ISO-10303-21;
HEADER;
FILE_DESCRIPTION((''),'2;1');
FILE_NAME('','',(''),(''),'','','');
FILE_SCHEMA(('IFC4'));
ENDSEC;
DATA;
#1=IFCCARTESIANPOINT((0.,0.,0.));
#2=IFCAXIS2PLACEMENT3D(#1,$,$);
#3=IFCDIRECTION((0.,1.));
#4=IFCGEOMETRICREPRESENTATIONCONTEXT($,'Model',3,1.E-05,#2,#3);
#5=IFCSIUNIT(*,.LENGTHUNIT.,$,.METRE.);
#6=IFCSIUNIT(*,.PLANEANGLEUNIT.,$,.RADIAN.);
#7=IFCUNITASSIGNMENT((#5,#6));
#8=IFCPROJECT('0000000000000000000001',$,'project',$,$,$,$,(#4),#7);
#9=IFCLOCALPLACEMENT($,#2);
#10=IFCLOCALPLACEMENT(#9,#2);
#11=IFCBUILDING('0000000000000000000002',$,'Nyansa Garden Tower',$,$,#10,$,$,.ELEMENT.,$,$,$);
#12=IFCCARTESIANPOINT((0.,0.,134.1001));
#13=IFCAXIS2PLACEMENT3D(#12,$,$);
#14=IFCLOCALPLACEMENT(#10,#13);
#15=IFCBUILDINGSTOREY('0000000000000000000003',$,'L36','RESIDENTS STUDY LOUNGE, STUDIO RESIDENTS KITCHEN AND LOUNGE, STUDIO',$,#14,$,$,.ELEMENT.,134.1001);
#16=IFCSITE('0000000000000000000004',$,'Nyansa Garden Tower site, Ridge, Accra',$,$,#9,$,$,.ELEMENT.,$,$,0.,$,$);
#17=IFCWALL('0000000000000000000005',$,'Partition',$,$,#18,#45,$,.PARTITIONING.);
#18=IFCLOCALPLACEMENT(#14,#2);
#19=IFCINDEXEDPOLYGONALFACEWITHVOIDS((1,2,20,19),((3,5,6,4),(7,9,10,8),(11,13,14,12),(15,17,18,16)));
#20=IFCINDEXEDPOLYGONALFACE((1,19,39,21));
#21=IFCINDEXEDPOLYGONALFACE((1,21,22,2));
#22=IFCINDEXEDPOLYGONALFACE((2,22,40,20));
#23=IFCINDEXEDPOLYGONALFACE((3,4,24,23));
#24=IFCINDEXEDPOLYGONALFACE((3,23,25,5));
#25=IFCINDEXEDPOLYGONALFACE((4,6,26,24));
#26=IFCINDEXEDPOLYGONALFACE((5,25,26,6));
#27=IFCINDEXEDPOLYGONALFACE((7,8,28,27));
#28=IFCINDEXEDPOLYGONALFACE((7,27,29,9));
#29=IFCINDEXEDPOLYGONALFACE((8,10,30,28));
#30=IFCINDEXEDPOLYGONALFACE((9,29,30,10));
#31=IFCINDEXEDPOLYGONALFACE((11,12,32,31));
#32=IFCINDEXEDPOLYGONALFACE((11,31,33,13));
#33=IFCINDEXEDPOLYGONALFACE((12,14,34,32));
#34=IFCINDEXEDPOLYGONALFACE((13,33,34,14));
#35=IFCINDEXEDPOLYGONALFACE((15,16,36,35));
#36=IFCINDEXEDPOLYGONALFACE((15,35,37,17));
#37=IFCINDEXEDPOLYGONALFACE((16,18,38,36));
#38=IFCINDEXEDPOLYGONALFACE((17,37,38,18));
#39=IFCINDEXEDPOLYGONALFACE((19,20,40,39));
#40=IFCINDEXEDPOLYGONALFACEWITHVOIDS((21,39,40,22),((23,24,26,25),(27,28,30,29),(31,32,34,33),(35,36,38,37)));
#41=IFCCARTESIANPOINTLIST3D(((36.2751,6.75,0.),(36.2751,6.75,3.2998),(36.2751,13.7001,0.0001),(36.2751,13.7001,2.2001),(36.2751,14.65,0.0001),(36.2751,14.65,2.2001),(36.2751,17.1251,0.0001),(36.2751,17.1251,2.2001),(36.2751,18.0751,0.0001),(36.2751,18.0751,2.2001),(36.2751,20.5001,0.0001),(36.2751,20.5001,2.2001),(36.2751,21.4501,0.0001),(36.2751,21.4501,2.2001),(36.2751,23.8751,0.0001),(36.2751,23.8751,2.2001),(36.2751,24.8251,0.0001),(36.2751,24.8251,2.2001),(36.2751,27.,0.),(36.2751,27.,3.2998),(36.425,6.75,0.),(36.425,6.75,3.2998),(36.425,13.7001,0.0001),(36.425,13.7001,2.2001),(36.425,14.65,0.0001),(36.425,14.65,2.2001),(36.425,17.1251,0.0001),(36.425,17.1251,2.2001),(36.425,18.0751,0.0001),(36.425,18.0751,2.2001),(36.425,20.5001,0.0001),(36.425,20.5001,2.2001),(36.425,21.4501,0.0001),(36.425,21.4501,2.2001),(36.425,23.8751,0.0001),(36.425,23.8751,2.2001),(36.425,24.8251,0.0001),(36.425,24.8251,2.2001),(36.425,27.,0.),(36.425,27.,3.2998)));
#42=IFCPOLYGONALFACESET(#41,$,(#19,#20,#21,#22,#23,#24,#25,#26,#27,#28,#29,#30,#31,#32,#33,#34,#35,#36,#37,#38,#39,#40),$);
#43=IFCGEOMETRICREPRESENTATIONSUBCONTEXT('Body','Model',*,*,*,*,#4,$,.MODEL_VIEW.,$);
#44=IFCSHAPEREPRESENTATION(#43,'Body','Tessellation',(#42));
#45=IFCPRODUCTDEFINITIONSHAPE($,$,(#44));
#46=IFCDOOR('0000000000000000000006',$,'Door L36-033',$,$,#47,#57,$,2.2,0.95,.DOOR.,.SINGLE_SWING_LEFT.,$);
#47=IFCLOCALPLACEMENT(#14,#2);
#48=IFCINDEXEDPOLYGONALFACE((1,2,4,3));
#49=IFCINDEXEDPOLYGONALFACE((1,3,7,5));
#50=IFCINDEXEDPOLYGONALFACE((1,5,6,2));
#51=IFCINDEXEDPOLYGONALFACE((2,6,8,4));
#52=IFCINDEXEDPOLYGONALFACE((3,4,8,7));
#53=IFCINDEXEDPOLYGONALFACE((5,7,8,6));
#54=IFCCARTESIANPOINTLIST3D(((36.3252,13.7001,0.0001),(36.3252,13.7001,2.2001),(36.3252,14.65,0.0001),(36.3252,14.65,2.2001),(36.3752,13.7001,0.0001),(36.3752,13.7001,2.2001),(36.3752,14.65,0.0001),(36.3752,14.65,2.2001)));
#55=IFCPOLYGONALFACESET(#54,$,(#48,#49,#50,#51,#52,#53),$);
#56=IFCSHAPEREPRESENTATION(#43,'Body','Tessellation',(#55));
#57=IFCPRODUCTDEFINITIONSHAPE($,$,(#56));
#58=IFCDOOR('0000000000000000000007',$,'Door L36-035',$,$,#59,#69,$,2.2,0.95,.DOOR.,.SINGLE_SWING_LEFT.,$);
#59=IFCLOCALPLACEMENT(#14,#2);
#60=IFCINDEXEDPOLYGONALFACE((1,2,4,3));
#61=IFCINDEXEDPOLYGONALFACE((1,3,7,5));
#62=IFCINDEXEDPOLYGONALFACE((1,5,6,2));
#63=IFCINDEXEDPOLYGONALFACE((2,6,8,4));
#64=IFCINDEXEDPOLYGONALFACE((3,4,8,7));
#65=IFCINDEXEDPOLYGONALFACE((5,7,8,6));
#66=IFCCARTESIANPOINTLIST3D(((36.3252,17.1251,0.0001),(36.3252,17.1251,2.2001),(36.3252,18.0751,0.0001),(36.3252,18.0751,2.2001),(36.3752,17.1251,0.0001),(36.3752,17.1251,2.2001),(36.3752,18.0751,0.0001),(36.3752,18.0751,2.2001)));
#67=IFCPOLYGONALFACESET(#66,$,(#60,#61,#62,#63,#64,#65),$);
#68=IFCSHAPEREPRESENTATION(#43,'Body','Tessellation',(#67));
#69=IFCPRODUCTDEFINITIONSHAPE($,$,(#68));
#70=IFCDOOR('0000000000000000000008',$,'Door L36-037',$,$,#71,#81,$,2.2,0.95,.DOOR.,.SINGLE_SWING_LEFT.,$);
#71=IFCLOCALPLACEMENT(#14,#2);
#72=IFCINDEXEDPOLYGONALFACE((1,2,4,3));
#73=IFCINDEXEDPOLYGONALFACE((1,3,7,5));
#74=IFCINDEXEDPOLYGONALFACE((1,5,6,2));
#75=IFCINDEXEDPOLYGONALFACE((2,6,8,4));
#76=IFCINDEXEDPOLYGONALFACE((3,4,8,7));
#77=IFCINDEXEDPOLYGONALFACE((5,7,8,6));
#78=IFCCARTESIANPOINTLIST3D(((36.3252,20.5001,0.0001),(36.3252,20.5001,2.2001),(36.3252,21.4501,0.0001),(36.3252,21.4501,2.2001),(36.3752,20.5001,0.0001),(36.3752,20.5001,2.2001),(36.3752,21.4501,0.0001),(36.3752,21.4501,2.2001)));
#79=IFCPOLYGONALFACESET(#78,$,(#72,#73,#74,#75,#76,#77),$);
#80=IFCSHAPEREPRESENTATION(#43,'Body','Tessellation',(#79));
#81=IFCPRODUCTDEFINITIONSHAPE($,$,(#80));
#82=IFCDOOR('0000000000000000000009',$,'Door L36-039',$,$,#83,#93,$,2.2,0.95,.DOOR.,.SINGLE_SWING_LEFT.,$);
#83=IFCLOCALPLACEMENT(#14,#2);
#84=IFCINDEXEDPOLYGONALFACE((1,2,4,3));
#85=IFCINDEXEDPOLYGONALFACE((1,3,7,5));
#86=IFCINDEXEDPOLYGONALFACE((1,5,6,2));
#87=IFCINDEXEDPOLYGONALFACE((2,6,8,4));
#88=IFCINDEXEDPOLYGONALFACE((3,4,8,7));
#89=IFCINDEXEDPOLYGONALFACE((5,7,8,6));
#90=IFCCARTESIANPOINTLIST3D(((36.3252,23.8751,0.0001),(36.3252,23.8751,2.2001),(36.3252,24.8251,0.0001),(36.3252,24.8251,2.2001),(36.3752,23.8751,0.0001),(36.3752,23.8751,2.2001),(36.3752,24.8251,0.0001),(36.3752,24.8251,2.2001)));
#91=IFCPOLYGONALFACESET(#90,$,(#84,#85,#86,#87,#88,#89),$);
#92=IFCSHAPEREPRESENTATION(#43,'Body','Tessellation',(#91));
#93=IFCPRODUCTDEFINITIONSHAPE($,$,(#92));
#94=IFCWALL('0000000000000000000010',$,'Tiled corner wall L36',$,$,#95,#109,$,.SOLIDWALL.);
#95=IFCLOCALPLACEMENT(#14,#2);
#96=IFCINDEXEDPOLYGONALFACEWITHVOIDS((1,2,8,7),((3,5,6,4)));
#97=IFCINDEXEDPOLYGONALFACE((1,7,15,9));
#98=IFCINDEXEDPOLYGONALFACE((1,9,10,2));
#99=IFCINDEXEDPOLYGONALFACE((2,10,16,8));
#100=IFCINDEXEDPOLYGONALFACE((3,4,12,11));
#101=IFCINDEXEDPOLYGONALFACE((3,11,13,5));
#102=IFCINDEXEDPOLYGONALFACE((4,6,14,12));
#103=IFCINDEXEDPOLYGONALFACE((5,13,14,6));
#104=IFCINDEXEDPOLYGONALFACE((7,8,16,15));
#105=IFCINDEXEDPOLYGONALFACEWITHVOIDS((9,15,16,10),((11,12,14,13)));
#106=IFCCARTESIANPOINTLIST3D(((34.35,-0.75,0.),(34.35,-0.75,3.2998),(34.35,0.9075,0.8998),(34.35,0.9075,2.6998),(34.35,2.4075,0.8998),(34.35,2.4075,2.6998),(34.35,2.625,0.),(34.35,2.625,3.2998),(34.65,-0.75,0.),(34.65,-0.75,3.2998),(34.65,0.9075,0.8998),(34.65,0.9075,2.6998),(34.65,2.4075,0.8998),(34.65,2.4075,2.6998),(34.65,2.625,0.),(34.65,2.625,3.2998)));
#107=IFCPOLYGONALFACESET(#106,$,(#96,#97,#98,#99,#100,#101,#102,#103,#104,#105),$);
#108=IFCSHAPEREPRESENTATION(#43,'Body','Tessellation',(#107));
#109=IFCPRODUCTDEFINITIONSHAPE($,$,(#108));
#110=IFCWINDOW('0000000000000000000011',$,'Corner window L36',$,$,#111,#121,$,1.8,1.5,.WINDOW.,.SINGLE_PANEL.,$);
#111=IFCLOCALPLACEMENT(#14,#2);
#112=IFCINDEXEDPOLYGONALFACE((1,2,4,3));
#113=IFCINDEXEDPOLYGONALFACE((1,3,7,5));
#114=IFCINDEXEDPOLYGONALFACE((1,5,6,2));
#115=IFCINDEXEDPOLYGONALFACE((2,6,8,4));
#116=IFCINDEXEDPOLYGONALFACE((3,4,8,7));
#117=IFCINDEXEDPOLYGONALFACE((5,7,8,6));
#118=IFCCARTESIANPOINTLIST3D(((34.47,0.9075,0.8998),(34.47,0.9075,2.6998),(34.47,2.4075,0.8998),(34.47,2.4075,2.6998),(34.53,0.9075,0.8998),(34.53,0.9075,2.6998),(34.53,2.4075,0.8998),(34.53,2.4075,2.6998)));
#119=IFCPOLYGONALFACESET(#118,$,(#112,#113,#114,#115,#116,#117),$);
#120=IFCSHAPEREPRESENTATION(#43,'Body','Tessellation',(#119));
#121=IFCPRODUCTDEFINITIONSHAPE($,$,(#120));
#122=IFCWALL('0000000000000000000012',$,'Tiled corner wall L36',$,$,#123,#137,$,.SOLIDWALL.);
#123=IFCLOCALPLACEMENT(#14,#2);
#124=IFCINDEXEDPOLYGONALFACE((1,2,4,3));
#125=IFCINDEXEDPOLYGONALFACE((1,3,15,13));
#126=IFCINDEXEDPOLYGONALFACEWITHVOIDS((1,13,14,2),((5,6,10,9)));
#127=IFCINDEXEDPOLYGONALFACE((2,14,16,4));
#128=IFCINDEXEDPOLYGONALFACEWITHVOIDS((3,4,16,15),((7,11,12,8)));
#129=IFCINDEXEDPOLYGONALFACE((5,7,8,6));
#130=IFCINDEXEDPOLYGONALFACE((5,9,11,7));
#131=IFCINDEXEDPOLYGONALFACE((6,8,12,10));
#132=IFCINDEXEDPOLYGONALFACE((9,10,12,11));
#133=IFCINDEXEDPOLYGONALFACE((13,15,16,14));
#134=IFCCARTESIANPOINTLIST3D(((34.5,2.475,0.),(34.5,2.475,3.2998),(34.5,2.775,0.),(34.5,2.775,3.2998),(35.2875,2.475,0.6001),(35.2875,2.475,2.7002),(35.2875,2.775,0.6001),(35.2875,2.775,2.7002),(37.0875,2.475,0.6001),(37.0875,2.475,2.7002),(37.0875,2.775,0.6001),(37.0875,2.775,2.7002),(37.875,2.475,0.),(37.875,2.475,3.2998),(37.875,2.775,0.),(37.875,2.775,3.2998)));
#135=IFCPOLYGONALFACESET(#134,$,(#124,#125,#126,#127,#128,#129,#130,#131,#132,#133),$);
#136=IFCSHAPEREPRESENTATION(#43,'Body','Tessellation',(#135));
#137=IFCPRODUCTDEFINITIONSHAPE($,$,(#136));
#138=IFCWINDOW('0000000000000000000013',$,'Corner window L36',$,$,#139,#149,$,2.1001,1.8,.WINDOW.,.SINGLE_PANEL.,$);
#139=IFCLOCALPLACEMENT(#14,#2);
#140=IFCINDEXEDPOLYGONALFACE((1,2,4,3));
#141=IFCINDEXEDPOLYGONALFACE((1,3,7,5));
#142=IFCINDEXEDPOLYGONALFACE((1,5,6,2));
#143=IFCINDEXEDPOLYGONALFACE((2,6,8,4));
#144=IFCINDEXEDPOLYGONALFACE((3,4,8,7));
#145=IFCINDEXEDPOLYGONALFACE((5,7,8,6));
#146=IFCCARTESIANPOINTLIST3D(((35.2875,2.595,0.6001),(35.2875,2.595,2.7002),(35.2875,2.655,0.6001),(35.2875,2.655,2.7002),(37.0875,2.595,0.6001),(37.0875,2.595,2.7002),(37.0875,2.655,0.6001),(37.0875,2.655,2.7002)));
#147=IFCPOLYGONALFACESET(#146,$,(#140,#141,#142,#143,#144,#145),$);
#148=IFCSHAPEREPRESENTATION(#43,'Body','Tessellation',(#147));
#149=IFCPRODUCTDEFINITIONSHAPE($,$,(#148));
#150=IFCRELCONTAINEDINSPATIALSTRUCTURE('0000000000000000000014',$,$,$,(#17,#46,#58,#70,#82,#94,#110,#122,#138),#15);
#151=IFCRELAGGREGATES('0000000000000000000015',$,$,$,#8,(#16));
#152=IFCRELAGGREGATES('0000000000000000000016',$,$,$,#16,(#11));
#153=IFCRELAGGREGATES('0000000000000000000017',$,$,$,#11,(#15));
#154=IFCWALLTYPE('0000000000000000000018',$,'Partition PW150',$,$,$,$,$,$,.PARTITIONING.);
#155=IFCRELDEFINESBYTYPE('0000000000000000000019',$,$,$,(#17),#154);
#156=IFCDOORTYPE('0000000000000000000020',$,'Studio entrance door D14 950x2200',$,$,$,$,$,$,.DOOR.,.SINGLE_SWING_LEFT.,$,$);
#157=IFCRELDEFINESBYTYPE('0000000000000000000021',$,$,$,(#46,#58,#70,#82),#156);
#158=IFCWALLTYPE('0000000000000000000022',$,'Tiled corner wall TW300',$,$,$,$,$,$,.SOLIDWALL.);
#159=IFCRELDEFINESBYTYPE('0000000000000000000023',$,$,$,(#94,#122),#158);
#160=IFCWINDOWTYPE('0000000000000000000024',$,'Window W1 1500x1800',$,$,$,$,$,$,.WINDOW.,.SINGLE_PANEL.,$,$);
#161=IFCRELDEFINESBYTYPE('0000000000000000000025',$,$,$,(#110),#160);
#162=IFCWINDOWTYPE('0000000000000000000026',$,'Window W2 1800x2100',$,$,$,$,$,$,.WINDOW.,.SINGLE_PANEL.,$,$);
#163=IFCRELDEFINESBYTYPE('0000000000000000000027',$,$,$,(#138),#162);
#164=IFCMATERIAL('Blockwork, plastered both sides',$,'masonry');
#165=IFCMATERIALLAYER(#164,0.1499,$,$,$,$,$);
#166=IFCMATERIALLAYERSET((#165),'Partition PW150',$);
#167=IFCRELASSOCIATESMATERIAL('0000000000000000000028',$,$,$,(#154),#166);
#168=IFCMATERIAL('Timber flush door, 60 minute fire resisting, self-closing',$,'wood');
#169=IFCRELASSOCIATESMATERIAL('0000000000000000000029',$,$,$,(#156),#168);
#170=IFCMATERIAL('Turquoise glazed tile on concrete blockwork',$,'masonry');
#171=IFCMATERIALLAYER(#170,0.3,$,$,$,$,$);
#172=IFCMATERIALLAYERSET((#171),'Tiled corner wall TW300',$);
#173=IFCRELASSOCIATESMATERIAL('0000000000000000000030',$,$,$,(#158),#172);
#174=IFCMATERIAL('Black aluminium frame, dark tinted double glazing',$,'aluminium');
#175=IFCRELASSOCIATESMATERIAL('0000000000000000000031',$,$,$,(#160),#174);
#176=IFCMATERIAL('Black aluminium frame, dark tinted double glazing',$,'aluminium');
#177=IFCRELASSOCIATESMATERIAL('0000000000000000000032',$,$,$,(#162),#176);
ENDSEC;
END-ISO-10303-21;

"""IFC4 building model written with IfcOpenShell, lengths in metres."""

from ifc_helpers import new_model, si_unit, direction, frame, frame_2d, origin, place, context, subcontext, project, spatial, rectangle, extrude, material, layer, layer_set, type_object, element, fill, save


model = new_model("IFC4")

# Units and contexts
model_context = context("Model", 3, precision=1e-05, world=origin(), true_north=direction((0.0, 1.0)))
body_context = subcontext(model_context, "Body", "Model", "MODEL_VIEW")
ifc_project = project(units=[si_unit("LENGTHUNIT", "METRE"), si_unit("PLANEANGLEUNIT", "RADIAN")], contexts=[model_context])

# Site, building, storey
site_placement = place(None, origin())
site = spatial("IfcSite", under=ifc_project, at=site_placement, Name="Nyansa Garden Tower site, Ridge, Accra", CompositionType="ELEMENT", RefElevation=0.0)
building_placement = place(site_placement, origin())
building = spatial("IfcBuilding", under=site, at=building_placement, Name="Nyansa Garden Tower", CompositionType="ELEMENT")
storey_placement = place(building_placement, frame((0.0, 0.0, 134.1001)))
storey = spatial("IfcBuildingStorey", under=building, at=storey_placement, Name="L36", Description="RESIDENTS STUDY LOUNGE, STUDIO RESIDENTS KITCHEN AND LOUNGE, STUDIO", CompositionType="ELEMENT", Elevation=134.1001)

# Shared definitions
ifc_material_1 = material(Name="Blockwork, plastered both sides", Category="masonry")
ifc_layer_1 = layer(ifc_material_1, 0.1499)
ifc_layer_set_1 = layer_set([ifc_layer_1], Name="Partition PW150")
wall_type_1 = type_object("IfcWallType", Name="Partition PW150", PredefinedType="PARTITIONING", material=ifc_layer_set_1)

# Wall, openings, doors
wall_1_placement = place(storey_placement, frame((36.3501, 6.75, 0.0), z_axis=(0.0, 0.0, 1.0), x_axis=(0.0, 1.0, 0.0)))
wall_1 = element("IfcWall", 1, at=wall_1_placement, inside=storey, type_object=wall_type_1, Name="Partition", PredefinedType="PARTITIONING", context=body_context, shape_type="SweptSolid", body=[
    extrude(rectangle(XDim=20.25, YDim=0.1499, at=frame_2d((10.125, 0.0))), origin(), (0.0, 0.0, 1.0), 3.2998),
])
opening_1_placement = place(wall_1_placement, frame((6.95, 0.0, 0.0)))
opening_1 = element("IfcOpeningElement", 2, at=opening_1_placement, cuts=wall_1, PredefinedType="OPENING", context=body_context, shape_type="SweptSolid", body=[
    extrude(rectangle(XDim=0.95, YDim=2.2, at=frame_2d((0.4751, 1.1001))), frame((0.0, 0.085, 0.0), z_axis=(0.0, -1.0, 0.0), x_axis=(1.0, 0.0, 0.0)), (0.0, 0.0, 1.0), 0.1699),
])
opening_2_placement = place(wall_1_placement, frame((10.375, 0.0, 0.0)))
opening_2 = element("IfcOpeningElement", 3, at=opening_2_placement, cuts=wall_1, PredefinedType="OPENING", context=body_context, shape_type="SweptSolid", body=[
    extrude(rectangle(XDim=0.95, YDim=2.2, at=frame_2d((0.4751, 1.1001))), frame((0.0, 0.085, 0.0), z_axis=(0.0, -1.0, 0.0), x_axis=(1.0, 0.0, 0.0)), (0.0, 0.0, 1.0), 0.1699),
])
opening_3_placement = place(wall_1_placement, frame((13.75, 0.0, 0.0)))
opening_3 = element("IfcOpeningElement", 4, at=opening_3_placement, cuts=wall_1, PredefinedType="OPENING", context=body_context, shape_type="SweptSolid", body=[
    extrude(rectangle(XDim=0.95, YDim=2.2, at=frame_2d((0.4751, 1.1001))), frame((0.0, 0.085, 0.0), z_axis=(0.0, -1.0, 0.0), x_axis=(1.0, 0.0, 0.0)), (0.0, 0.0, 1.0), 0.1699),
])
opening_4_placement = place(wall_1_placement, frame((17.125, 0.0, 0.0)))
opening_4 = element("IfcOpeningElement", 5, at=opening_4_placement, cuts=wall_1, PredefinedType="OPENING", context=body_context, shape_type="SweptSolid", body=[
    extrude(rectangle(XDim=0.95, YDim=2.2, at=frame_2d((0.4751, 1.1001))), frame((0.0, 0.085, 0.0), z_axis=(0.0, -1.0, 0.0), x_axis=(1.0, 0.0, 0.0)), (0.0, 0.0, 1.0), 0.1699),
])
ifc_material_2 = material(Name="Timber flush door, 60 minute fire resisting, self-closing", Category="wood")
door_type = type_object("IfcDoorType", Name="Studio entrance door D14 950x2200", OperationType="SINGLE_SWING_LEFT", PredefinedType="DOOR", material=ifc_material_2)
door_1_placement = place(opening_1_placement, origin())
door_1 = element("IfcDoor", 6, at=door_1_placement, inside=storey, type_object=door_type, Name="Door L36-033", OperationType="SINGLE_SWING_LEFT", OverallHeight=2.2, OverallWidth=0.95, PredefinedType="DOOR", context=body_context, shape_type="SweptSolid", body=[
    extrude(rectangle(XDim=0.95, YDim=2.2, at=frame_2d((0.4751, 1.1001))), frame((0.0, 0.0249, 0.0), z_axis=(0.0, -1.0, 0.0), x_axis=(1.0, 0.0, 0.0)), (0.0, 0.0, 1.0), 0.05),
])
fill(opening_1, door_1)
door_2_placement = place(opening_2_placement, origin())
door_2 = element("IfcDoor", 7, at=door_2_placement, inside=storey, type_object=door_type, Name="Door L36-035", OperationType="SINGLE_SWING_LEFT", OverallHeight=2.2, OverallWidth=0.95, PredefinedType="DOOR", context=body_context, shape_type="SweptSolid", body=[
    extrude(rectangle(XDim=0.95, YDim=2.2, at=frame_2d((0.4751, 1.1001))), frame((0.0, 0.0249, 0.0), z_axis=(0.0, -1.0, 0.0), x_axis=(1.0, 0.0, 0.0)), (0.0, 0.0, 1.0), 0.05),
])
fill(opening_2, door_2)
door_3_placement = place(opening_3_placement, origin())
door_3 = element("IfcDoor", 8, at=door_3_placement, inside=storey, type_object=door_type, Name="Door L36-037", OperationType="SINGLE_SWING_LEFT", OverallHeight=2.2, OverallWidth=0.95, PredefinedType="DOOR", context=body_context, shape_type="SweptSolid", body=[
    extrude(rectangle(XDim=0.95, YDim=2.2, at=frame_2d((0.4751, 1.1001))), frame((0.0, 0.0249, 0.0), z_axis=(0.0, -1.0, 0.0), x_axis=(1.0, 0.0, 0.0)), (0.0, 0.0, 1.0), 0.05),
])
fill(opening_3, door_3)
door_4_placement = place(opening_4_placement, origin())
door_4 = element("IfcDoor", 9, at=door_4_placement, inside=storey, type_object=door_type, Name="Door L36-039", OperationType="SINGLE_SWING_LEFT", OverallHeight=2.2, OverallWidth=0.95, PredefinedType="DOOR", context=body_context, shape_type="SweptSolid", body=[
    extrude(rectangle(XDim=0.95, YDim=2.2, at=frame_2d((0.4751, 1.1001))), frame((0.0, 0.0249, 0.0), z_axis=(0.0, -1.0, 0.0), x_axis=(1.0, 0.0, 0.0)), (0.0, 0.0, 1.0), 0.05),
])
fill(opening_4, door_4)

# Walls, openings, windows
ifc_material_3 = material(Name="Turquoise glazed tile on concrete blockwork", Category="masonry")
ifc_layer_2 = layer(ifc_material_3, 0.3)
ifc_layer_set_2 = layer_set([ifc_layer_2], Name="Tiled corner wall TW300")
wall_type_2 = type_object("IfcWallType", Name="Tiled corner wall TW300", PredefinedType="SOLIDWALL", material=ifc_layer_set_2)
wall_2_placement = place(storey_placement, frame((34.5, -0.75, 0.0), z_axis=(0.0, 0.0, 1.0), x_axis=(0.0, 1.0, 0.0)))
wall_2 = element("IfcWall", 10, at=wall_2_placement, inside=storey, type_object=wall_type_2, Name="Tiled corner wall L36", PredefinedType="SOLIDWALL", context=body_context, shape_type="SweptSolid", body=[
    extrude(rectangle(XDim=3.375, YDim=0.3, at=frame_2d((1.6875, 0.0))), origin(), (0.0, 0.0, 1.0), 3.2998),
])
opening_5_placement = place(wall_2_placement, frame((1.6575, 0.0, 0.8999)))
opening_5 = element("IfcOpeningElement", 11, at=opening_5_placement, cuts=wall_2, PredefinedType="OPENING", context=body_context, shape_type="SweptSolid", body=[
    extrude(rectangle(XDim=1.5, YDim=1.8, at=frame_2d((0.75, 0.8999))), frame((0.0, 0.1599, 0.0), z_axis=(0.0, -1.0, 0.0), x_axis=(1.0, 0.0, 0.0)), (0.0, 0.0, 1.0), 0.3201),
])
ifc_material_4 = material(Name="Black aluminium frame, dark tinted double glazing", Category="aluminium")
window_type_1 = type_object("IfcWindowType", Name="Window W1 1500x1800", PartitioningType="SINGLE_PANEL", PredefinedType="WINDOW", material=ifc_material_4)
window_1_placement = place(opening_5_placement, origin())
window_1 = element("IfcWindow", 12, at=window_1_placement, inside=storey, type_object=window_type_1, Name="Corner window L36", OverallHeight=1.8, OverallWidth=1.5, PartitioningType="SINGLE_PANEL", PredefinedType="WINDOW", context=body_context, shape_type="SweptSolid", body=[
    extrude(rectangle(XDim=1.5, YDim=1.8, at=frame_2d((0.75, 0.8999))), frame((0.0, 0.03, 0.0), z_axis=(0.0, -1.0, 0.0), x_axis=(1.0, 0.0, 0.0)), (0.0, 0.0, 1.0), 0.0601),
])
fill(opening_5, window_1)
wall_3_placement = place(storey_placement, frame((34.5, 2.625, 0.0), z_axis=(0.0, 0.0, 1.0), x_axis=(1.0, 0.0, 0.0)))
wall_3 = element("IfcWall", 13, at=wall_3_placement, inside=storey, type_object=wall_type_2, Name="Tiled corner wall L36", PredefinedType="SOLIDWALL", context=body_context, shape_type="SweptSolid", body=[
    extrude(rectangle(XDim=3.375, YDim=0.3, at=frame_2d((1.6875, 0.0))), origin(), (0.0, 0.0, 1.0), 3.2998),
])
opening_6_placement = place(wall_3_placement, frame((0.7876, 0.0, 0.6001)))
opening_6 = element("IfcOpeningElement", 14, at=opening_6_placement, cuts=wall_3, PredefinedType="OPENING", context=body_context, shape_type="SweptSolid", body=[
    extrude(rectangle(XDim=1.8, YDim=2.1001, at=frame_2d((0.8999, 1.05))), frame((0.0, 0.1599, 0.0), z_axis=(0.0, -1.0, 0.0), x_axis=(1.0, 0.0, 0.0)), (0.0, 0.0, 1.0), 0.3201),
])
ifc_material_5 = material(Name="Black aluminium frame, dark tinted double glazing", Category="aluminium")
window_type_2 = type_object("IfcWindowType", Name="Window W2 1800x2100", PartitioningType="SINGLE_PANEL", PredefinedType="WINDOW", material=ifc_material_5)
window_2_placement = place(opening_6_placement, origin())
window_2 = element("IfcWindow", 15, at=window_2_placement, inside=storey, type_object=window_type_2, Name="Corner window L36", OverallHeight=2.1001, OverallWidth=1.8, PartitioningType="SINGLE_PANEL", PredefinedType="WINDOW", context=body_context, shape_type="SweptSolid", body=[
    extrude(rectangle(XDim=1.8, YDim=2.1001, at=frame_2d((0.8999, 1.05))), frame((0.0, 0.03, 0.0), z_axis=(0.0, -1.0, 0.0), x_axis=(1.0, 0.0, 0.0)), (0.0, 0.0, 1.0), 0.0601),
])
fill(opening_6, window_2)

save(model, "model.ifc")
